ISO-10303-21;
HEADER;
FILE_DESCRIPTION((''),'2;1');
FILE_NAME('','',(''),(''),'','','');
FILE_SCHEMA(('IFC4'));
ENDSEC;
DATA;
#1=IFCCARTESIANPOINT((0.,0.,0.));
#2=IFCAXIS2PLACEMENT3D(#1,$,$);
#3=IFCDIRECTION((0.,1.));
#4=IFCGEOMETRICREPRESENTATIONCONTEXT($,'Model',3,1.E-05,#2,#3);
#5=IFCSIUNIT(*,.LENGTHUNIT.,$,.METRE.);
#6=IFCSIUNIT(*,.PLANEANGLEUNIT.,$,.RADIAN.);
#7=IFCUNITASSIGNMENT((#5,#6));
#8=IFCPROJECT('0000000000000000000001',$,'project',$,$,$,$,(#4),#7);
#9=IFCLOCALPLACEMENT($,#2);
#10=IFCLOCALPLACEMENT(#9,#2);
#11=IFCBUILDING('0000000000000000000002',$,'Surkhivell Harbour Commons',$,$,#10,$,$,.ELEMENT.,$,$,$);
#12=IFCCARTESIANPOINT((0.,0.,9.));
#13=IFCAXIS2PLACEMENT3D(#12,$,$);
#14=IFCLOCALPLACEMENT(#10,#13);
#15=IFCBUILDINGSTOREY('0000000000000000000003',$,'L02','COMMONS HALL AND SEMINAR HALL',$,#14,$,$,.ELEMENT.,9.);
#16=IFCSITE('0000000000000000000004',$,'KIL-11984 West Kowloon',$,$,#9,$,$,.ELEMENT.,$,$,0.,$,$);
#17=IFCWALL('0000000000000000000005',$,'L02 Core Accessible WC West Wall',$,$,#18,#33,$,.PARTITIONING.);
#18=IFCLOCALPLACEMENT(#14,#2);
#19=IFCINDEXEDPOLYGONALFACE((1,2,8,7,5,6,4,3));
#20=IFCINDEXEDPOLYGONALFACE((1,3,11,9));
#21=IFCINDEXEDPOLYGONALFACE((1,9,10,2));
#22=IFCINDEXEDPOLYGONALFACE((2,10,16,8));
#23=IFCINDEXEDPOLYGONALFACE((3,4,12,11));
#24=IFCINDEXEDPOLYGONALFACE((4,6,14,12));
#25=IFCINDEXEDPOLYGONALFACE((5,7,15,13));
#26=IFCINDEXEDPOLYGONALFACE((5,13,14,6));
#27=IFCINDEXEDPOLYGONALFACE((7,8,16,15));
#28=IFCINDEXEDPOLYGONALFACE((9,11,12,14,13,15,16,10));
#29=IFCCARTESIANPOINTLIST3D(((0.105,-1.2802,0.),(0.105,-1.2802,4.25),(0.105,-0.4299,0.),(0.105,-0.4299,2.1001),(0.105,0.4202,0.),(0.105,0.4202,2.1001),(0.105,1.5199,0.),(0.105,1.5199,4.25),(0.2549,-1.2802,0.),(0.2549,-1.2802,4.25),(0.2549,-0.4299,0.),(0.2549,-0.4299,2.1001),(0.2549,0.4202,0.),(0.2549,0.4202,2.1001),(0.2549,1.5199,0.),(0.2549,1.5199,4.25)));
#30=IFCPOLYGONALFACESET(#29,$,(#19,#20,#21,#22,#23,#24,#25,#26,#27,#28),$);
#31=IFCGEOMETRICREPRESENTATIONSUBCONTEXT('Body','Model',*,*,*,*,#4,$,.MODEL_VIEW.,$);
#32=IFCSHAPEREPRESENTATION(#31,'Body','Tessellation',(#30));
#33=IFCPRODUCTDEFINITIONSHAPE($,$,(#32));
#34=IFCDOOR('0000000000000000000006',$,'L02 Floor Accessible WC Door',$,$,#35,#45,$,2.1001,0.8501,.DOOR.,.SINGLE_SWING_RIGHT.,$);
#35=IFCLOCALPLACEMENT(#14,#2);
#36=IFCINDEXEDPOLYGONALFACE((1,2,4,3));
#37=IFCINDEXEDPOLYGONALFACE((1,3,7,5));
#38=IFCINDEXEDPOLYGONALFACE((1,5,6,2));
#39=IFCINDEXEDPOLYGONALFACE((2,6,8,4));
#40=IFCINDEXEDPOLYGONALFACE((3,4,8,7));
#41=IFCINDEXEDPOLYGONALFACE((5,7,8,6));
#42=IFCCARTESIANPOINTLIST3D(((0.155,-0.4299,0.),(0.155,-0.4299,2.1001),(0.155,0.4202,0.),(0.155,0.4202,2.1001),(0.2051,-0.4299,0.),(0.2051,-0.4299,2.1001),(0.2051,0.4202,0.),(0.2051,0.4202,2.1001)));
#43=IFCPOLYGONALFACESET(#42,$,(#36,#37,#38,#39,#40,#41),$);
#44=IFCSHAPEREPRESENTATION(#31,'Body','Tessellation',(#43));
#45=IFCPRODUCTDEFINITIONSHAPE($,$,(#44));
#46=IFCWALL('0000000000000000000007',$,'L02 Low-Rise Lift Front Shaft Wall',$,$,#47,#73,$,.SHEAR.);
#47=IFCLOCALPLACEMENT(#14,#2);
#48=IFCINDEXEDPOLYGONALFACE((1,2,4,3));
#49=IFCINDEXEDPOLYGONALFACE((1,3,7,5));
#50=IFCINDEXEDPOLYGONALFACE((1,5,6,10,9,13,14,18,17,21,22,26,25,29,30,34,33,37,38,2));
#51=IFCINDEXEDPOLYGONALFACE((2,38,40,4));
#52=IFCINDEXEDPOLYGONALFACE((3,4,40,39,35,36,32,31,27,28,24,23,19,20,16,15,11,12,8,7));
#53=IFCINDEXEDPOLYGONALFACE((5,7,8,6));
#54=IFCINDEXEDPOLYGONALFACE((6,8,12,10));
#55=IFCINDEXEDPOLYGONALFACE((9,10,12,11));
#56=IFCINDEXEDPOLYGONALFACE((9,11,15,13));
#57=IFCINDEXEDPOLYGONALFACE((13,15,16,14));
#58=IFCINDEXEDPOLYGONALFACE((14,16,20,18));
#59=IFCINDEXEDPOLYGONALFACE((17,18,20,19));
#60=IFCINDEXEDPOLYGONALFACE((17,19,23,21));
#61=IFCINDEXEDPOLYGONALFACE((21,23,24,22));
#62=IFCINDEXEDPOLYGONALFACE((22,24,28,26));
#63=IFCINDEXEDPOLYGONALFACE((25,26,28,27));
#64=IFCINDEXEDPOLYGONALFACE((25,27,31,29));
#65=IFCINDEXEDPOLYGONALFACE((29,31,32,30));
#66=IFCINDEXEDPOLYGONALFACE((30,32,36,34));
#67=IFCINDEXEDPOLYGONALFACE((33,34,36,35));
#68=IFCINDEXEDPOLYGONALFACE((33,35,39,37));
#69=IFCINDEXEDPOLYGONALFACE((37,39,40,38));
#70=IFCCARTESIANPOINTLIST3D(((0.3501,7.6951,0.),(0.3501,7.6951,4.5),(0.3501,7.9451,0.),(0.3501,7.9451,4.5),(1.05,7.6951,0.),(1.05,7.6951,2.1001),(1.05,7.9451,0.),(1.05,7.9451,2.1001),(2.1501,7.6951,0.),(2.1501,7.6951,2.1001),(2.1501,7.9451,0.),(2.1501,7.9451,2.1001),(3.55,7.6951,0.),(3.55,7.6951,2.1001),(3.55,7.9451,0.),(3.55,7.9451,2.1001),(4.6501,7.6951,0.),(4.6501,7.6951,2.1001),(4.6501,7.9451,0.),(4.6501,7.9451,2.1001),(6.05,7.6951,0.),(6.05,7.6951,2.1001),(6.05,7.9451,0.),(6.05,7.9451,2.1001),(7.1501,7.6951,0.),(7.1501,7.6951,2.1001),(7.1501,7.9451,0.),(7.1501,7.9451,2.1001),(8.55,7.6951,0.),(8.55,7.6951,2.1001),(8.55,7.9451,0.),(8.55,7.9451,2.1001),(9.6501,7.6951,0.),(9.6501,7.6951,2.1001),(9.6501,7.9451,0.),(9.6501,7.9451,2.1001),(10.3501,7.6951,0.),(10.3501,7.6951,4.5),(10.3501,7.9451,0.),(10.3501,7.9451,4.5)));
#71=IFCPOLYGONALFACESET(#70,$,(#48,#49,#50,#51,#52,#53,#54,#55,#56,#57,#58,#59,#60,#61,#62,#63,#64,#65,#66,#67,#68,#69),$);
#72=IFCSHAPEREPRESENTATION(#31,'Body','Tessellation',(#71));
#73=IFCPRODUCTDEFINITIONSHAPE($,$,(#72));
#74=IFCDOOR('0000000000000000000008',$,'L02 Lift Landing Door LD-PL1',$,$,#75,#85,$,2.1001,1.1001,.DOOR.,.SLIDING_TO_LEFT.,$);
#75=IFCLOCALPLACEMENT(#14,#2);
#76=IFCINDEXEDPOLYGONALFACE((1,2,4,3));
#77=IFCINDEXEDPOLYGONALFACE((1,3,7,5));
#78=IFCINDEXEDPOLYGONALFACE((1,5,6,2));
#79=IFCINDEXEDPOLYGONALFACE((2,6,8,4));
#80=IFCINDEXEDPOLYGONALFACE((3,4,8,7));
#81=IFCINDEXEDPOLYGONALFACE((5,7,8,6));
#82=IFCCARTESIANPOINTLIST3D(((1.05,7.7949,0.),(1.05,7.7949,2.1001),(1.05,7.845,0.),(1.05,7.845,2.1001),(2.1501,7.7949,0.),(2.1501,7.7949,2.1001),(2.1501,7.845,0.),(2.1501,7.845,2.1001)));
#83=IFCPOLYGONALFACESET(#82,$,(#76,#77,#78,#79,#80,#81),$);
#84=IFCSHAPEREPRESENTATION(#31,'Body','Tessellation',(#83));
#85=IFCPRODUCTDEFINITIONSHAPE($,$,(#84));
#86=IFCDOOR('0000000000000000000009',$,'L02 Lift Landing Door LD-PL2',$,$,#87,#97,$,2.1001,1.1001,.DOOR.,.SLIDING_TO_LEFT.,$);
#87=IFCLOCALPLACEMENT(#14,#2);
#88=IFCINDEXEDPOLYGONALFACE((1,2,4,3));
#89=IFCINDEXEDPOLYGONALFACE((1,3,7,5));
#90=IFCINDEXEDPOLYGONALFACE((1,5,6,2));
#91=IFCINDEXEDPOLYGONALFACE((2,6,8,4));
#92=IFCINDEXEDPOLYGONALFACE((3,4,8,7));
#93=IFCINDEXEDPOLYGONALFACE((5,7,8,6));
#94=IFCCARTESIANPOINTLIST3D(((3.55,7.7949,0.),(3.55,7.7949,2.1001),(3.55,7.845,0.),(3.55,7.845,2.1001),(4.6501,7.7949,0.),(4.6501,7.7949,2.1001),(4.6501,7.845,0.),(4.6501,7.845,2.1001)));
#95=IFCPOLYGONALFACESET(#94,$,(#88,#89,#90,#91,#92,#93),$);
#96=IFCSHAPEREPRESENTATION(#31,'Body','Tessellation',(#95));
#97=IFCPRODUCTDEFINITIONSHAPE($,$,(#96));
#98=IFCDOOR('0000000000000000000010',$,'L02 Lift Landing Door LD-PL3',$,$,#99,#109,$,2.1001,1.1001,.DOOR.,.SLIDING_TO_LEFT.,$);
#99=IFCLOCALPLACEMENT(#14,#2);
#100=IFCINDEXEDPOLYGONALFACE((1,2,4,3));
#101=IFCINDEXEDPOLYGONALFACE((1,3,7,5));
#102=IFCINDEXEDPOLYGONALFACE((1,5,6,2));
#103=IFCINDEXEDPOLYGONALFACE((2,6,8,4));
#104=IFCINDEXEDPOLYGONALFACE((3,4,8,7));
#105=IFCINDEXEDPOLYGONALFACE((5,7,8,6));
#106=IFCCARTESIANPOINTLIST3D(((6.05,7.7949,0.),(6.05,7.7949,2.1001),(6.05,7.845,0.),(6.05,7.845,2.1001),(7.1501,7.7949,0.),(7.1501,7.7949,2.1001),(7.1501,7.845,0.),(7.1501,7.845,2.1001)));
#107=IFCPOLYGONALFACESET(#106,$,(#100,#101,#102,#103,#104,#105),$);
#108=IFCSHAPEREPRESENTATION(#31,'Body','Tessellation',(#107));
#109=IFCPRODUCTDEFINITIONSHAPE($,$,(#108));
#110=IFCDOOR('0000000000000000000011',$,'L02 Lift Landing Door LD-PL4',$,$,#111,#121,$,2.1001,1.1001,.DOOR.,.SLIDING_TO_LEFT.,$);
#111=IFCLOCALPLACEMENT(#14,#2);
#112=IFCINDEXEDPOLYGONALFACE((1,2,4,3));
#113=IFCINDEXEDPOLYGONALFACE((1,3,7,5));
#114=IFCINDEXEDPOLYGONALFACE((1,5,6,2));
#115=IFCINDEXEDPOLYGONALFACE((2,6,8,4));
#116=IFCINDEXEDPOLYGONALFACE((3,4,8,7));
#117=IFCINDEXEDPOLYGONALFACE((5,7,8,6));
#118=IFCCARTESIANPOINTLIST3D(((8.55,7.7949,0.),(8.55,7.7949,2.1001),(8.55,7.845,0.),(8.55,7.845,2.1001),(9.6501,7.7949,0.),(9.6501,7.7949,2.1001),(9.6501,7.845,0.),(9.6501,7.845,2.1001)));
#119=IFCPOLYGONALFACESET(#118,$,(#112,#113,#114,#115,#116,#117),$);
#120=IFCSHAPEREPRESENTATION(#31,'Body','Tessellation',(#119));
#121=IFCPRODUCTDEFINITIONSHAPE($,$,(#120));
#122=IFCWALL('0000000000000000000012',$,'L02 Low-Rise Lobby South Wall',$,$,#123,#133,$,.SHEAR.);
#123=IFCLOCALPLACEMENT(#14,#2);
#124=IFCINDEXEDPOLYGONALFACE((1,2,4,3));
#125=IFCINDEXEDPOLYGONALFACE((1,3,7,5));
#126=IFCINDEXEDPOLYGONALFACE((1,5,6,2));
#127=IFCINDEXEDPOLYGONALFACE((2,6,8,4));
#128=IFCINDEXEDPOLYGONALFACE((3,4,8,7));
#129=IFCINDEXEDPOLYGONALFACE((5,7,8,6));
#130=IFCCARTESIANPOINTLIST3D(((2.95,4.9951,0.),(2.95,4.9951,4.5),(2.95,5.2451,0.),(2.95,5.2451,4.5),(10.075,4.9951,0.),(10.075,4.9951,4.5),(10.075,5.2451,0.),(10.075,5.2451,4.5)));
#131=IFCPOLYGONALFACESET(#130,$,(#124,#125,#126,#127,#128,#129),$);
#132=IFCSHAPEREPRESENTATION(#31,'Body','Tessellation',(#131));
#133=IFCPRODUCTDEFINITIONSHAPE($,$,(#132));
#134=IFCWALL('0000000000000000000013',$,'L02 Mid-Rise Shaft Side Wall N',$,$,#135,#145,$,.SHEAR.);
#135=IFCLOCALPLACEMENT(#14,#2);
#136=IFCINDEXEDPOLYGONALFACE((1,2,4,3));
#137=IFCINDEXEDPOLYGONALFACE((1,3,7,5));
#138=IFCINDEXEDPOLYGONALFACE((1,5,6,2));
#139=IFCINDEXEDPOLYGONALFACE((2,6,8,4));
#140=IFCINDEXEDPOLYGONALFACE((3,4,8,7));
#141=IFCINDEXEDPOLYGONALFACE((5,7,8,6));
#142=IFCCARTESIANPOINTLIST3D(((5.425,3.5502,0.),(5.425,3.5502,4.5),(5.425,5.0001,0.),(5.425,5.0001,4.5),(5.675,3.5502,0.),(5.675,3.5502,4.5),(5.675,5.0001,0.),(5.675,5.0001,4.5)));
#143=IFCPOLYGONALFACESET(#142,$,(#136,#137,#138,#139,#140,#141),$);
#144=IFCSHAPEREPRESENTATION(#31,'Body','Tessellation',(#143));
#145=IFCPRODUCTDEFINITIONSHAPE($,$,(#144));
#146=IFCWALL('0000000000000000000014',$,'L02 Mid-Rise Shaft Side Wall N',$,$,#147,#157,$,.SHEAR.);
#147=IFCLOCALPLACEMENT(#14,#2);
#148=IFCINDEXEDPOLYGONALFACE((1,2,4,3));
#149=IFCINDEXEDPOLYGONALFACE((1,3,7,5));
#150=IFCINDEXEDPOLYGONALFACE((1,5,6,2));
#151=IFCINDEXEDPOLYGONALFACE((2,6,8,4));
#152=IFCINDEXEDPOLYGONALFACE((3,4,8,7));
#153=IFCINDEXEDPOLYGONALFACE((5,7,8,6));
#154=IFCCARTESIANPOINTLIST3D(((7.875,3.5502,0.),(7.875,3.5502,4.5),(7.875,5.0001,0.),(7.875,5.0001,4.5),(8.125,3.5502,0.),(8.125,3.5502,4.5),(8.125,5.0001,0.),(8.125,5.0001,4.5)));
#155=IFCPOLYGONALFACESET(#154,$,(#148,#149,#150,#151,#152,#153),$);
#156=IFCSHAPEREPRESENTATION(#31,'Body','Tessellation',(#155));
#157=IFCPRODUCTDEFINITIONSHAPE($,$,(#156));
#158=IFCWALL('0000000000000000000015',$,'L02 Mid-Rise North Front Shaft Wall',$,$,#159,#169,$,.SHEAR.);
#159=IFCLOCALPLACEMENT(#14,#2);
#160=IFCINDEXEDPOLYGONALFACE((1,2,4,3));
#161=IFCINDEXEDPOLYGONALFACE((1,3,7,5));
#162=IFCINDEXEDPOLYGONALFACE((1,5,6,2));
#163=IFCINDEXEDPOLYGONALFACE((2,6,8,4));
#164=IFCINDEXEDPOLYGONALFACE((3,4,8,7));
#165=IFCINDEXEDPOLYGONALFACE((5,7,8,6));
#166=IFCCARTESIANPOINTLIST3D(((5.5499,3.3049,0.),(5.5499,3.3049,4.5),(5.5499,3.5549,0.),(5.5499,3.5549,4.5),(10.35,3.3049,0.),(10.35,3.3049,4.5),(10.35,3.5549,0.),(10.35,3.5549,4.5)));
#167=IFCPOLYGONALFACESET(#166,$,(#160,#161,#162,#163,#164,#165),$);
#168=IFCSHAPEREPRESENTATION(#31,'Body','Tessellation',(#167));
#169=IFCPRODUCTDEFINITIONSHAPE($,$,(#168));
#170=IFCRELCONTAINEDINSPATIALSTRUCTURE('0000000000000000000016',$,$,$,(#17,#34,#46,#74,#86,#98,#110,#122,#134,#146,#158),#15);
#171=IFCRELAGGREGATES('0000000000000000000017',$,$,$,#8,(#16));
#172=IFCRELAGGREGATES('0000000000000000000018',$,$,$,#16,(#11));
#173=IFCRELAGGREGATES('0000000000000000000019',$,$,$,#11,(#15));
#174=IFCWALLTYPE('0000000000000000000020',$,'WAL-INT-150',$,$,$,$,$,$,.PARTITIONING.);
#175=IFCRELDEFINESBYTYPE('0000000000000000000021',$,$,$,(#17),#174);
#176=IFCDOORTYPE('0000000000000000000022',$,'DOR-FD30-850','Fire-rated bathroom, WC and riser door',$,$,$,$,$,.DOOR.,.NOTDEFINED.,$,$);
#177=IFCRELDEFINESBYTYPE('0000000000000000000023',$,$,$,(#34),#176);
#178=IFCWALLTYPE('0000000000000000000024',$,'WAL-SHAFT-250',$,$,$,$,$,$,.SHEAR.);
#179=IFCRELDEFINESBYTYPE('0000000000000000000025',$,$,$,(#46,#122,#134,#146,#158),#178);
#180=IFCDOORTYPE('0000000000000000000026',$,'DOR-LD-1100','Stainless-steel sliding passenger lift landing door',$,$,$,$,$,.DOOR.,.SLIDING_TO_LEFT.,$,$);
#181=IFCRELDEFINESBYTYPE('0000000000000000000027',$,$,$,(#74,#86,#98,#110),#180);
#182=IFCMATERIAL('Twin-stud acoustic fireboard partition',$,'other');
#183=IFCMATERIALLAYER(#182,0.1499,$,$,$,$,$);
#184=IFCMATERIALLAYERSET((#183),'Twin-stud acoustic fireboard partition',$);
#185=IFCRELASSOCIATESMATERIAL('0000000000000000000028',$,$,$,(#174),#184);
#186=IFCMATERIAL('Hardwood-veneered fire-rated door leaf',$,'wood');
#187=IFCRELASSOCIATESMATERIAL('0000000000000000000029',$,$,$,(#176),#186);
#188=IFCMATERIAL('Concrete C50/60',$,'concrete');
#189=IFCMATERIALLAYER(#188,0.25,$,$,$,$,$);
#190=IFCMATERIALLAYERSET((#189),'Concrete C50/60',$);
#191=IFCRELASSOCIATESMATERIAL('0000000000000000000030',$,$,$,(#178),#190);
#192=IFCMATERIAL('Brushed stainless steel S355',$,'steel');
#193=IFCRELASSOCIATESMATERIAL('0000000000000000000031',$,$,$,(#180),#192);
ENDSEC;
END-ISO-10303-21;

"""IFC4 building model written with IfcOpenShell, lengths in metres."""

from ifc_helpers import new_model, si_unit, direction, frame, frame_2d, origin, place, context, subcontext, project, spatial, rectangle, extrude, material, layer, layer_set, type_object, element, fill, save


model = new_model("IFC4")

# Units and contexts
model_context = context("Model", 3, precision=1e-05, world=origin(), true_north=direction((0.0, 1.0)))
body_context = subcontext(model_context, "Body", "Model", "MODEL_VIEW")
ifc_project = project(units=[si_unit("LENGTHUNIT", "METRE"), si_unit("PLANEANGLEUNIT", "RADIAN")], contexts=[model_context])

# Site, building, storey
site_placement = place(None, origin())
site = spatial("IfcSite", under=ifc_project, at=site_placement, Name="KIL-11984 West Kowloon", CompositionType="ELEMENT", RefElevation=0.0)
building_placement = place(site_placement, origin())
building = spatial("IfcBuilding", under=site, at=building_placement, Name="Surkhivell Harbour Commons", CompositionType="ELEMENT")
storey_placement = place(building_placement, frame((0.0, 0.0, 9.0)))
storey = spatial("IfcBuildingStorey", under=building, at=storey_placement, Name="L02", Description="COMMONS HALL AND SEMINAR HALL", CompositionType="ELEMENT", Elevation=9.0)

# Shared definitions
ifc_material_1 = material(Name="Hardwood-veneered fire-rated door leaf", Category="wood")

# Shared definitions
ifc_material_2 = material(Name="Twin-stud acoustic fireboard partition", Category="other")
ifc_layer_1 = layer(ifc_material_2, 0.1499)
ifc_layer_set_1 = layer_set([ifc_layer_1], Name="Twin-stud acoustic fireboard partition")
wall_type_1 = type_object("IfcWallType", Name="WAL-INT-150", PredefinedType="PARTITIONING", material=ifc_layer_set_1)

# Wall, opening, door
wall_1_placement = place(storey_placement, frame((0.1799, -1.28, 0.0), z_axis=(0.0, 0.0, 1.0), x_axis=(0.0, 1.0, 0.0)))
wall_1 = element("IfcWall", 1, at=wall_1_placement, inside=storey, type_object=wall_type_1, Name="L02 Core Accessible WC West Wall", PredefinedType="PARTITIONING", context=body_context, shape_type="SweptSolid", body=[
    extrude(rectangle(XDim=2.8, YDim=0.1499, at=frame_2d((1.3999, 0.0))), origin(), (0.0, 0.0, 1.0), 4.25),
])
opening_1_placement = place(wall_1_placement, frame((0.8501, 0.0, 0.0)))
opening_1 = element("IfcOpeningElement", 2, at=opening_1_placement, cuts=wall_1, PredefinedType="OPENING", context=body_context, shape_type="SweptSolid", body=[
    extrude(rectangle(XDim=0.8501, YDim=2.1001, at=frame_2d((0.425, 1.05))), frame((0.0, 0.085, 0.0), z_axis=(0.0, -1.0, 0.0), x_axis=(1.0, 0.0, 0.0)), (0.0, 0.0, 1.0), 0.1699),
])
door_type_1 = type_object("IfcDoorType", Name="DOR-FD30-850", Description="Fire-rated bathroom, WC and riser door", OperationType="NOTDEFINED", PredefinedType="DOOR", material=ifc_material_1)
door_1_placement = place(opening_1_placement, origin())
door_1 = element("IfcDoor", 3, at=door_1_placement, inside=storey, type_object=door_type_1, Name="L02 Floor Accessible WC Door", OperationType="SINGLE_SWING_RIGHT", OverallHeight=2.1001, OverallWidth=0.8501, PredefinedType="DOOR", context=body_context, shape_type="SweptSolid", body=[
    extrude(rectangle(XDim=0.8501, YDim=2.1001, at=frame_2d((0.425, 1.05))), frame((0.0, 0.0249, 0.0), z_axis=(0.0, -1.0, 0.0), x_axis=(1.0, 0.0, 0.0)), (0.0, 0.0, 1.0), 0.05),
])
fill(opening_1, door_1)

# Wall, openings, doors
ifc_material_3 = material(Name="Concrete C50/60", Category="concrete")
ifc_layer_2 = layer(ifc_material_3, 0.25)
ifc_layer_set_2 = layer_set([ifc_layer_2], Name="Concrete C50/60")
wall_type_2 = type_object("IfcWallType", Name="WAL-SHAFT-250", PredefinedType="SHEAR", material=ifc_layer_set_2)
wall_2_placement = place(storey_placement, frame((0.3501, 7.8201, 0.0), z_axis=(0.0, 0.0, 1.0), x_axis=(1.0, 0.0, 0.0)))
wall_2 = element("IfcWall", 4, at=wall_2_placement, inside=storey, type_object=wall_type_2, Name="L02 Low-Rise Lift Front Shaft Wall", PredefinedType="SHEAR", context=body_context, shape_type="SweptSolid", body=[
    extrude(rectangle(XDim=10.0, YDim=0.25, at=frame_2d((5.0, 0.0))), origin(), (0.0, 0.0, 1.0), 4.5),
])
opening_2_placement = place(wall_2_placement, frame((0.7, 0.0, 0.0)))
opening_2 = element("IfcOpeningElement", 5, at=opening_2_placement, cuts=wall_2, PredefinedType="OPENING", context=body_context, shape_type="SweptSolid", body=[
    extrude(rectangle(XDim=1.1001, YDim=2.1001, at=frame_2d((0.55, 1.05))), frame((0.0, 0.135, 0.0), z_axis=(0.0, -1.0, 0.0), x_axis=(1.0, 0.0, 0.0)), (0.0, 0.0, 1.0), 0.27),
])
opening_3_placement = place(wall_2_placement, frame((3.2, 0.0, 0.0)))
opening_3 = element("IfcOpeningElement", 6, at=opening_3_placement, cuts=wall_2, PredefinedType="OPENING", context=body_context, shape_type="SweptSolid", body=[
    extrude(rectangle(XDim=1.1001, YDim=2.1001, at=frame_2d((0.55, 1.05))), frame((0.0, 0.135, 0.0), z_axis=(0.0, -1.0, 0.0), x_axis=(1.0, 0.0, 0.0)), (0.0, 0.0, 1.0), 0.27),
])
opening_4_placement = place(wall_2_placement, frame((5.7, 0.0, 0.0)))
opening_4 = element("IfcOpeningElement", 7, at=opening_4_placement, cuts=wall_2, PredefinedType="OPENING", context=body_context, shape_type="SweptSolid", body=[
    extrude(rectangle(XDim=1.1001, YDim=2.1001, at=frame_2d((0.55, 1.05))), frame((0.0, 0.135, 0.0), z_axis=(0.0, -1.0, 0.0), x_axis=(1.0, 0.0, 0.0)), (0.0, 0.0, 1.0), 0.27),
])
opening_5_placement = place(wall_2_placement, frame((8.2, 0.0, 0.0)))
opening_5 = element("IfcOpeningElement", 8, at=opening_5_placement, cuts=wall_2, PredefinedType="OPENING", context=body_context, shape_type="SweptSolid", body=[
    extrude(rectangle(XDim=1.1001, YDim=2.1001, at=frame_2d((0.55, 1.05))), frame((0.0, 0.135, 0.0), z_axis=(0.0, -1.0, 0.0), x_axis=(1.0, 0.0, 0.0)), (0.0, 0.0, 1.0), 0.27),
])
ifc_material_4 = material(Name="Brushed stainless steel S355", Category="steel")
door_type_2 = type_object("IfcDoorType", Name="DOR-LD-1100", Description="Stainless-steel sliding passenger lift landing door", OperationType="SLIDING_TO_LEFT", PredefinedType="DOOR", material=ifc_material_4)
door_2_placement = place(opening_2_placement, origin())
door_2 = element("IfcDoor", 9, at=door_2_placement, inside=storey, type_object=door_type_2, Name="L02 Lift Landing Door LD-PL1", OperationType="SLIDING_TO_LEFT", OverallHeight=2.1001, OverallWidth=1.1001, PredefinedType="DOOR", context=body_context, shape_type="SweptSolid", body=[
    extrude(rectangle(XDim=1.1001, YDim=2.1001, at=frame_2d((0.55, 1.05))), frame((0.0, 0.0249, 0.0), z_axis=(0.0, -1.0, 0.0), x_axis=(1.0, 0.0, 0.0)), (0.0, 0.0, 1.0), 0.05),
])
fill(opening_2, door_2)
door_3_placement = place(opening_3_placement, origin())
door_3 = element("IfcDoor", 10, at=door_3_placement, inside=storey, type_object=door_type_2, Name="L02 Lift Landing Door LD-PL2", OperationType="SLIDING_TO_LEFT", OverallHeight=2.1001, OverallWidth=1.1001, PredefinedType="DOOR", context=body_context, shape_type="SweptSolid", body=[
    extrude(rectangle(XDim=1.1001, YDim=2.1001, at=frame_2d((0.55, 1.05))), frame((0.0, 0.0249, 0.0), z_axis=(0.0, -1.0, 0.0), x_axis=(1.0, 0.0, 0.0)), (0.0, 0.0, 1.0), 0.05),
])
fill(opening_3, door_3)
door_4_placement = place(opening_4_placement, origin())
door_4 = element("IfcDoor", 11, at=door_4_placement, inside=storey, type_object=door_type_2, Name="L02 Lift Landing Door LD-PL3", OperationType="SLIDING_TO_LEFT", OverallHeight=2.1001, OverallWidth=1.1001, PredefinedType="DOOR", context=body_context, shape_type="SweptSolid", body=[
    extrude(rectangle(XDim=1.1001, YDim=2.1001, at=frame_2d((0.55, 1.05))), frame((0.0, 0.0249, 0.0), z_axis=(0.0, -1.0, 0.0), x_axis=(1.0, 0.0, 0.0)), (0.0, 0.0, 1.0), 0.05),
])
fill(opening_4, door_4)
door_5_placement = place(opening_5_placement, origin())
door_5 = element("IfcDoor", 12, at=door_5_placement, inside=storey, type_object=door_type_2, Name="L02 Lift Landing Door LD-PL4", OperationType="SLIDING_TO_LEFT", OverallHeight=2.1001, OverallWidth=1.1001, PredefinedType="DOOR", context=body_context, shape_type="SweptSolid", body=[
    extrude(rectangle(XDim=1.1001, YDim=2.1001, at=frame_2d((0.55, 1.05))), frame((0.0, 0.0249, 0.0), z_axis=(0.0, -1.0, 0.0), x_axis=(1.0, 0.0, 0.0)), (0.0, 0.0, 1.0), 0.05),
])
fill(opening_5, door_5)

# Walls
wall_3_placement = place(storey_placement, frame((2.95, 5.1201, 0.0), z_axis=(0.0, 0.0, 1.0), x_axis=(1.0, 0.0, 0.0)))
element("IfcWall", 13, at=wall_3_placement, inside=storey, type_object=wall_type_2, Name="L02 Low-Rise Lobby South Wall", PredefinedType="SHEAR", context=body_context, shape_type="SweptSolid", body=[
    extrude(rectangle(XDim=7.125, YDim=0.25, at=frame_2d((3.5625, 0.0))), origin(), (0.0, 0.0, 1.0), 4.5),
])
for number, where, z_axis, x_axis, name in (
    (14, (5.55, 3.55, 0.0), (0.0, 0.0, 1.0), (0.0, 1.0, 0.0), "L02 Mid-Rise Shaft Side Wall N"),
    (15, (8.0, 3.55, 0.0), (0.0, 0.0, 1.0), (0.0, 1.0, 0.0), "L02 Mid-Rise Shaft Side Wall N"),
):
    element("IfcWall", number, at=place(storey_placement, frame(where, z_axis=z_axis, x_axis=x_axis)), inside=storey, type_object=wall_type_2, Name=name, PredefinedType="SHEAR", context=body_context, shape_type="SweptSolid", body=[
        extrude(rectangle(XDim=1.45, YDim=0.25, at=frame_2d((0.7251, 0.0))), origin(), (0.0, 0.0, 1.0), 4.5),
    ])
for number, where, z_axis, x_axis, name in (
    (16, (5.55, 3.4299, 0.0), (0.0, 0.0, 1.0), (1.0, 0.0, 0.0), "L02 Mid-Rise North Front Shaft Wall"),
):
    element("IfcWall", number, at=place(storey_placement, frame(where, z_axis=z_axis, x_axis=x_axis)), inside=storey, type_object=wall_type_2, Name=name, PredefinedType="SHEAR", context=body_context, shape_type="SweptSolid", body=[
        extrude(rectangle(XDim=4.8, YDim=0.25, at=frame_2d((2.3999, 0.0))), origin(), (0.0, 0.0, 1.0), 4.5),
    ])

save(model, "model.ifc")
